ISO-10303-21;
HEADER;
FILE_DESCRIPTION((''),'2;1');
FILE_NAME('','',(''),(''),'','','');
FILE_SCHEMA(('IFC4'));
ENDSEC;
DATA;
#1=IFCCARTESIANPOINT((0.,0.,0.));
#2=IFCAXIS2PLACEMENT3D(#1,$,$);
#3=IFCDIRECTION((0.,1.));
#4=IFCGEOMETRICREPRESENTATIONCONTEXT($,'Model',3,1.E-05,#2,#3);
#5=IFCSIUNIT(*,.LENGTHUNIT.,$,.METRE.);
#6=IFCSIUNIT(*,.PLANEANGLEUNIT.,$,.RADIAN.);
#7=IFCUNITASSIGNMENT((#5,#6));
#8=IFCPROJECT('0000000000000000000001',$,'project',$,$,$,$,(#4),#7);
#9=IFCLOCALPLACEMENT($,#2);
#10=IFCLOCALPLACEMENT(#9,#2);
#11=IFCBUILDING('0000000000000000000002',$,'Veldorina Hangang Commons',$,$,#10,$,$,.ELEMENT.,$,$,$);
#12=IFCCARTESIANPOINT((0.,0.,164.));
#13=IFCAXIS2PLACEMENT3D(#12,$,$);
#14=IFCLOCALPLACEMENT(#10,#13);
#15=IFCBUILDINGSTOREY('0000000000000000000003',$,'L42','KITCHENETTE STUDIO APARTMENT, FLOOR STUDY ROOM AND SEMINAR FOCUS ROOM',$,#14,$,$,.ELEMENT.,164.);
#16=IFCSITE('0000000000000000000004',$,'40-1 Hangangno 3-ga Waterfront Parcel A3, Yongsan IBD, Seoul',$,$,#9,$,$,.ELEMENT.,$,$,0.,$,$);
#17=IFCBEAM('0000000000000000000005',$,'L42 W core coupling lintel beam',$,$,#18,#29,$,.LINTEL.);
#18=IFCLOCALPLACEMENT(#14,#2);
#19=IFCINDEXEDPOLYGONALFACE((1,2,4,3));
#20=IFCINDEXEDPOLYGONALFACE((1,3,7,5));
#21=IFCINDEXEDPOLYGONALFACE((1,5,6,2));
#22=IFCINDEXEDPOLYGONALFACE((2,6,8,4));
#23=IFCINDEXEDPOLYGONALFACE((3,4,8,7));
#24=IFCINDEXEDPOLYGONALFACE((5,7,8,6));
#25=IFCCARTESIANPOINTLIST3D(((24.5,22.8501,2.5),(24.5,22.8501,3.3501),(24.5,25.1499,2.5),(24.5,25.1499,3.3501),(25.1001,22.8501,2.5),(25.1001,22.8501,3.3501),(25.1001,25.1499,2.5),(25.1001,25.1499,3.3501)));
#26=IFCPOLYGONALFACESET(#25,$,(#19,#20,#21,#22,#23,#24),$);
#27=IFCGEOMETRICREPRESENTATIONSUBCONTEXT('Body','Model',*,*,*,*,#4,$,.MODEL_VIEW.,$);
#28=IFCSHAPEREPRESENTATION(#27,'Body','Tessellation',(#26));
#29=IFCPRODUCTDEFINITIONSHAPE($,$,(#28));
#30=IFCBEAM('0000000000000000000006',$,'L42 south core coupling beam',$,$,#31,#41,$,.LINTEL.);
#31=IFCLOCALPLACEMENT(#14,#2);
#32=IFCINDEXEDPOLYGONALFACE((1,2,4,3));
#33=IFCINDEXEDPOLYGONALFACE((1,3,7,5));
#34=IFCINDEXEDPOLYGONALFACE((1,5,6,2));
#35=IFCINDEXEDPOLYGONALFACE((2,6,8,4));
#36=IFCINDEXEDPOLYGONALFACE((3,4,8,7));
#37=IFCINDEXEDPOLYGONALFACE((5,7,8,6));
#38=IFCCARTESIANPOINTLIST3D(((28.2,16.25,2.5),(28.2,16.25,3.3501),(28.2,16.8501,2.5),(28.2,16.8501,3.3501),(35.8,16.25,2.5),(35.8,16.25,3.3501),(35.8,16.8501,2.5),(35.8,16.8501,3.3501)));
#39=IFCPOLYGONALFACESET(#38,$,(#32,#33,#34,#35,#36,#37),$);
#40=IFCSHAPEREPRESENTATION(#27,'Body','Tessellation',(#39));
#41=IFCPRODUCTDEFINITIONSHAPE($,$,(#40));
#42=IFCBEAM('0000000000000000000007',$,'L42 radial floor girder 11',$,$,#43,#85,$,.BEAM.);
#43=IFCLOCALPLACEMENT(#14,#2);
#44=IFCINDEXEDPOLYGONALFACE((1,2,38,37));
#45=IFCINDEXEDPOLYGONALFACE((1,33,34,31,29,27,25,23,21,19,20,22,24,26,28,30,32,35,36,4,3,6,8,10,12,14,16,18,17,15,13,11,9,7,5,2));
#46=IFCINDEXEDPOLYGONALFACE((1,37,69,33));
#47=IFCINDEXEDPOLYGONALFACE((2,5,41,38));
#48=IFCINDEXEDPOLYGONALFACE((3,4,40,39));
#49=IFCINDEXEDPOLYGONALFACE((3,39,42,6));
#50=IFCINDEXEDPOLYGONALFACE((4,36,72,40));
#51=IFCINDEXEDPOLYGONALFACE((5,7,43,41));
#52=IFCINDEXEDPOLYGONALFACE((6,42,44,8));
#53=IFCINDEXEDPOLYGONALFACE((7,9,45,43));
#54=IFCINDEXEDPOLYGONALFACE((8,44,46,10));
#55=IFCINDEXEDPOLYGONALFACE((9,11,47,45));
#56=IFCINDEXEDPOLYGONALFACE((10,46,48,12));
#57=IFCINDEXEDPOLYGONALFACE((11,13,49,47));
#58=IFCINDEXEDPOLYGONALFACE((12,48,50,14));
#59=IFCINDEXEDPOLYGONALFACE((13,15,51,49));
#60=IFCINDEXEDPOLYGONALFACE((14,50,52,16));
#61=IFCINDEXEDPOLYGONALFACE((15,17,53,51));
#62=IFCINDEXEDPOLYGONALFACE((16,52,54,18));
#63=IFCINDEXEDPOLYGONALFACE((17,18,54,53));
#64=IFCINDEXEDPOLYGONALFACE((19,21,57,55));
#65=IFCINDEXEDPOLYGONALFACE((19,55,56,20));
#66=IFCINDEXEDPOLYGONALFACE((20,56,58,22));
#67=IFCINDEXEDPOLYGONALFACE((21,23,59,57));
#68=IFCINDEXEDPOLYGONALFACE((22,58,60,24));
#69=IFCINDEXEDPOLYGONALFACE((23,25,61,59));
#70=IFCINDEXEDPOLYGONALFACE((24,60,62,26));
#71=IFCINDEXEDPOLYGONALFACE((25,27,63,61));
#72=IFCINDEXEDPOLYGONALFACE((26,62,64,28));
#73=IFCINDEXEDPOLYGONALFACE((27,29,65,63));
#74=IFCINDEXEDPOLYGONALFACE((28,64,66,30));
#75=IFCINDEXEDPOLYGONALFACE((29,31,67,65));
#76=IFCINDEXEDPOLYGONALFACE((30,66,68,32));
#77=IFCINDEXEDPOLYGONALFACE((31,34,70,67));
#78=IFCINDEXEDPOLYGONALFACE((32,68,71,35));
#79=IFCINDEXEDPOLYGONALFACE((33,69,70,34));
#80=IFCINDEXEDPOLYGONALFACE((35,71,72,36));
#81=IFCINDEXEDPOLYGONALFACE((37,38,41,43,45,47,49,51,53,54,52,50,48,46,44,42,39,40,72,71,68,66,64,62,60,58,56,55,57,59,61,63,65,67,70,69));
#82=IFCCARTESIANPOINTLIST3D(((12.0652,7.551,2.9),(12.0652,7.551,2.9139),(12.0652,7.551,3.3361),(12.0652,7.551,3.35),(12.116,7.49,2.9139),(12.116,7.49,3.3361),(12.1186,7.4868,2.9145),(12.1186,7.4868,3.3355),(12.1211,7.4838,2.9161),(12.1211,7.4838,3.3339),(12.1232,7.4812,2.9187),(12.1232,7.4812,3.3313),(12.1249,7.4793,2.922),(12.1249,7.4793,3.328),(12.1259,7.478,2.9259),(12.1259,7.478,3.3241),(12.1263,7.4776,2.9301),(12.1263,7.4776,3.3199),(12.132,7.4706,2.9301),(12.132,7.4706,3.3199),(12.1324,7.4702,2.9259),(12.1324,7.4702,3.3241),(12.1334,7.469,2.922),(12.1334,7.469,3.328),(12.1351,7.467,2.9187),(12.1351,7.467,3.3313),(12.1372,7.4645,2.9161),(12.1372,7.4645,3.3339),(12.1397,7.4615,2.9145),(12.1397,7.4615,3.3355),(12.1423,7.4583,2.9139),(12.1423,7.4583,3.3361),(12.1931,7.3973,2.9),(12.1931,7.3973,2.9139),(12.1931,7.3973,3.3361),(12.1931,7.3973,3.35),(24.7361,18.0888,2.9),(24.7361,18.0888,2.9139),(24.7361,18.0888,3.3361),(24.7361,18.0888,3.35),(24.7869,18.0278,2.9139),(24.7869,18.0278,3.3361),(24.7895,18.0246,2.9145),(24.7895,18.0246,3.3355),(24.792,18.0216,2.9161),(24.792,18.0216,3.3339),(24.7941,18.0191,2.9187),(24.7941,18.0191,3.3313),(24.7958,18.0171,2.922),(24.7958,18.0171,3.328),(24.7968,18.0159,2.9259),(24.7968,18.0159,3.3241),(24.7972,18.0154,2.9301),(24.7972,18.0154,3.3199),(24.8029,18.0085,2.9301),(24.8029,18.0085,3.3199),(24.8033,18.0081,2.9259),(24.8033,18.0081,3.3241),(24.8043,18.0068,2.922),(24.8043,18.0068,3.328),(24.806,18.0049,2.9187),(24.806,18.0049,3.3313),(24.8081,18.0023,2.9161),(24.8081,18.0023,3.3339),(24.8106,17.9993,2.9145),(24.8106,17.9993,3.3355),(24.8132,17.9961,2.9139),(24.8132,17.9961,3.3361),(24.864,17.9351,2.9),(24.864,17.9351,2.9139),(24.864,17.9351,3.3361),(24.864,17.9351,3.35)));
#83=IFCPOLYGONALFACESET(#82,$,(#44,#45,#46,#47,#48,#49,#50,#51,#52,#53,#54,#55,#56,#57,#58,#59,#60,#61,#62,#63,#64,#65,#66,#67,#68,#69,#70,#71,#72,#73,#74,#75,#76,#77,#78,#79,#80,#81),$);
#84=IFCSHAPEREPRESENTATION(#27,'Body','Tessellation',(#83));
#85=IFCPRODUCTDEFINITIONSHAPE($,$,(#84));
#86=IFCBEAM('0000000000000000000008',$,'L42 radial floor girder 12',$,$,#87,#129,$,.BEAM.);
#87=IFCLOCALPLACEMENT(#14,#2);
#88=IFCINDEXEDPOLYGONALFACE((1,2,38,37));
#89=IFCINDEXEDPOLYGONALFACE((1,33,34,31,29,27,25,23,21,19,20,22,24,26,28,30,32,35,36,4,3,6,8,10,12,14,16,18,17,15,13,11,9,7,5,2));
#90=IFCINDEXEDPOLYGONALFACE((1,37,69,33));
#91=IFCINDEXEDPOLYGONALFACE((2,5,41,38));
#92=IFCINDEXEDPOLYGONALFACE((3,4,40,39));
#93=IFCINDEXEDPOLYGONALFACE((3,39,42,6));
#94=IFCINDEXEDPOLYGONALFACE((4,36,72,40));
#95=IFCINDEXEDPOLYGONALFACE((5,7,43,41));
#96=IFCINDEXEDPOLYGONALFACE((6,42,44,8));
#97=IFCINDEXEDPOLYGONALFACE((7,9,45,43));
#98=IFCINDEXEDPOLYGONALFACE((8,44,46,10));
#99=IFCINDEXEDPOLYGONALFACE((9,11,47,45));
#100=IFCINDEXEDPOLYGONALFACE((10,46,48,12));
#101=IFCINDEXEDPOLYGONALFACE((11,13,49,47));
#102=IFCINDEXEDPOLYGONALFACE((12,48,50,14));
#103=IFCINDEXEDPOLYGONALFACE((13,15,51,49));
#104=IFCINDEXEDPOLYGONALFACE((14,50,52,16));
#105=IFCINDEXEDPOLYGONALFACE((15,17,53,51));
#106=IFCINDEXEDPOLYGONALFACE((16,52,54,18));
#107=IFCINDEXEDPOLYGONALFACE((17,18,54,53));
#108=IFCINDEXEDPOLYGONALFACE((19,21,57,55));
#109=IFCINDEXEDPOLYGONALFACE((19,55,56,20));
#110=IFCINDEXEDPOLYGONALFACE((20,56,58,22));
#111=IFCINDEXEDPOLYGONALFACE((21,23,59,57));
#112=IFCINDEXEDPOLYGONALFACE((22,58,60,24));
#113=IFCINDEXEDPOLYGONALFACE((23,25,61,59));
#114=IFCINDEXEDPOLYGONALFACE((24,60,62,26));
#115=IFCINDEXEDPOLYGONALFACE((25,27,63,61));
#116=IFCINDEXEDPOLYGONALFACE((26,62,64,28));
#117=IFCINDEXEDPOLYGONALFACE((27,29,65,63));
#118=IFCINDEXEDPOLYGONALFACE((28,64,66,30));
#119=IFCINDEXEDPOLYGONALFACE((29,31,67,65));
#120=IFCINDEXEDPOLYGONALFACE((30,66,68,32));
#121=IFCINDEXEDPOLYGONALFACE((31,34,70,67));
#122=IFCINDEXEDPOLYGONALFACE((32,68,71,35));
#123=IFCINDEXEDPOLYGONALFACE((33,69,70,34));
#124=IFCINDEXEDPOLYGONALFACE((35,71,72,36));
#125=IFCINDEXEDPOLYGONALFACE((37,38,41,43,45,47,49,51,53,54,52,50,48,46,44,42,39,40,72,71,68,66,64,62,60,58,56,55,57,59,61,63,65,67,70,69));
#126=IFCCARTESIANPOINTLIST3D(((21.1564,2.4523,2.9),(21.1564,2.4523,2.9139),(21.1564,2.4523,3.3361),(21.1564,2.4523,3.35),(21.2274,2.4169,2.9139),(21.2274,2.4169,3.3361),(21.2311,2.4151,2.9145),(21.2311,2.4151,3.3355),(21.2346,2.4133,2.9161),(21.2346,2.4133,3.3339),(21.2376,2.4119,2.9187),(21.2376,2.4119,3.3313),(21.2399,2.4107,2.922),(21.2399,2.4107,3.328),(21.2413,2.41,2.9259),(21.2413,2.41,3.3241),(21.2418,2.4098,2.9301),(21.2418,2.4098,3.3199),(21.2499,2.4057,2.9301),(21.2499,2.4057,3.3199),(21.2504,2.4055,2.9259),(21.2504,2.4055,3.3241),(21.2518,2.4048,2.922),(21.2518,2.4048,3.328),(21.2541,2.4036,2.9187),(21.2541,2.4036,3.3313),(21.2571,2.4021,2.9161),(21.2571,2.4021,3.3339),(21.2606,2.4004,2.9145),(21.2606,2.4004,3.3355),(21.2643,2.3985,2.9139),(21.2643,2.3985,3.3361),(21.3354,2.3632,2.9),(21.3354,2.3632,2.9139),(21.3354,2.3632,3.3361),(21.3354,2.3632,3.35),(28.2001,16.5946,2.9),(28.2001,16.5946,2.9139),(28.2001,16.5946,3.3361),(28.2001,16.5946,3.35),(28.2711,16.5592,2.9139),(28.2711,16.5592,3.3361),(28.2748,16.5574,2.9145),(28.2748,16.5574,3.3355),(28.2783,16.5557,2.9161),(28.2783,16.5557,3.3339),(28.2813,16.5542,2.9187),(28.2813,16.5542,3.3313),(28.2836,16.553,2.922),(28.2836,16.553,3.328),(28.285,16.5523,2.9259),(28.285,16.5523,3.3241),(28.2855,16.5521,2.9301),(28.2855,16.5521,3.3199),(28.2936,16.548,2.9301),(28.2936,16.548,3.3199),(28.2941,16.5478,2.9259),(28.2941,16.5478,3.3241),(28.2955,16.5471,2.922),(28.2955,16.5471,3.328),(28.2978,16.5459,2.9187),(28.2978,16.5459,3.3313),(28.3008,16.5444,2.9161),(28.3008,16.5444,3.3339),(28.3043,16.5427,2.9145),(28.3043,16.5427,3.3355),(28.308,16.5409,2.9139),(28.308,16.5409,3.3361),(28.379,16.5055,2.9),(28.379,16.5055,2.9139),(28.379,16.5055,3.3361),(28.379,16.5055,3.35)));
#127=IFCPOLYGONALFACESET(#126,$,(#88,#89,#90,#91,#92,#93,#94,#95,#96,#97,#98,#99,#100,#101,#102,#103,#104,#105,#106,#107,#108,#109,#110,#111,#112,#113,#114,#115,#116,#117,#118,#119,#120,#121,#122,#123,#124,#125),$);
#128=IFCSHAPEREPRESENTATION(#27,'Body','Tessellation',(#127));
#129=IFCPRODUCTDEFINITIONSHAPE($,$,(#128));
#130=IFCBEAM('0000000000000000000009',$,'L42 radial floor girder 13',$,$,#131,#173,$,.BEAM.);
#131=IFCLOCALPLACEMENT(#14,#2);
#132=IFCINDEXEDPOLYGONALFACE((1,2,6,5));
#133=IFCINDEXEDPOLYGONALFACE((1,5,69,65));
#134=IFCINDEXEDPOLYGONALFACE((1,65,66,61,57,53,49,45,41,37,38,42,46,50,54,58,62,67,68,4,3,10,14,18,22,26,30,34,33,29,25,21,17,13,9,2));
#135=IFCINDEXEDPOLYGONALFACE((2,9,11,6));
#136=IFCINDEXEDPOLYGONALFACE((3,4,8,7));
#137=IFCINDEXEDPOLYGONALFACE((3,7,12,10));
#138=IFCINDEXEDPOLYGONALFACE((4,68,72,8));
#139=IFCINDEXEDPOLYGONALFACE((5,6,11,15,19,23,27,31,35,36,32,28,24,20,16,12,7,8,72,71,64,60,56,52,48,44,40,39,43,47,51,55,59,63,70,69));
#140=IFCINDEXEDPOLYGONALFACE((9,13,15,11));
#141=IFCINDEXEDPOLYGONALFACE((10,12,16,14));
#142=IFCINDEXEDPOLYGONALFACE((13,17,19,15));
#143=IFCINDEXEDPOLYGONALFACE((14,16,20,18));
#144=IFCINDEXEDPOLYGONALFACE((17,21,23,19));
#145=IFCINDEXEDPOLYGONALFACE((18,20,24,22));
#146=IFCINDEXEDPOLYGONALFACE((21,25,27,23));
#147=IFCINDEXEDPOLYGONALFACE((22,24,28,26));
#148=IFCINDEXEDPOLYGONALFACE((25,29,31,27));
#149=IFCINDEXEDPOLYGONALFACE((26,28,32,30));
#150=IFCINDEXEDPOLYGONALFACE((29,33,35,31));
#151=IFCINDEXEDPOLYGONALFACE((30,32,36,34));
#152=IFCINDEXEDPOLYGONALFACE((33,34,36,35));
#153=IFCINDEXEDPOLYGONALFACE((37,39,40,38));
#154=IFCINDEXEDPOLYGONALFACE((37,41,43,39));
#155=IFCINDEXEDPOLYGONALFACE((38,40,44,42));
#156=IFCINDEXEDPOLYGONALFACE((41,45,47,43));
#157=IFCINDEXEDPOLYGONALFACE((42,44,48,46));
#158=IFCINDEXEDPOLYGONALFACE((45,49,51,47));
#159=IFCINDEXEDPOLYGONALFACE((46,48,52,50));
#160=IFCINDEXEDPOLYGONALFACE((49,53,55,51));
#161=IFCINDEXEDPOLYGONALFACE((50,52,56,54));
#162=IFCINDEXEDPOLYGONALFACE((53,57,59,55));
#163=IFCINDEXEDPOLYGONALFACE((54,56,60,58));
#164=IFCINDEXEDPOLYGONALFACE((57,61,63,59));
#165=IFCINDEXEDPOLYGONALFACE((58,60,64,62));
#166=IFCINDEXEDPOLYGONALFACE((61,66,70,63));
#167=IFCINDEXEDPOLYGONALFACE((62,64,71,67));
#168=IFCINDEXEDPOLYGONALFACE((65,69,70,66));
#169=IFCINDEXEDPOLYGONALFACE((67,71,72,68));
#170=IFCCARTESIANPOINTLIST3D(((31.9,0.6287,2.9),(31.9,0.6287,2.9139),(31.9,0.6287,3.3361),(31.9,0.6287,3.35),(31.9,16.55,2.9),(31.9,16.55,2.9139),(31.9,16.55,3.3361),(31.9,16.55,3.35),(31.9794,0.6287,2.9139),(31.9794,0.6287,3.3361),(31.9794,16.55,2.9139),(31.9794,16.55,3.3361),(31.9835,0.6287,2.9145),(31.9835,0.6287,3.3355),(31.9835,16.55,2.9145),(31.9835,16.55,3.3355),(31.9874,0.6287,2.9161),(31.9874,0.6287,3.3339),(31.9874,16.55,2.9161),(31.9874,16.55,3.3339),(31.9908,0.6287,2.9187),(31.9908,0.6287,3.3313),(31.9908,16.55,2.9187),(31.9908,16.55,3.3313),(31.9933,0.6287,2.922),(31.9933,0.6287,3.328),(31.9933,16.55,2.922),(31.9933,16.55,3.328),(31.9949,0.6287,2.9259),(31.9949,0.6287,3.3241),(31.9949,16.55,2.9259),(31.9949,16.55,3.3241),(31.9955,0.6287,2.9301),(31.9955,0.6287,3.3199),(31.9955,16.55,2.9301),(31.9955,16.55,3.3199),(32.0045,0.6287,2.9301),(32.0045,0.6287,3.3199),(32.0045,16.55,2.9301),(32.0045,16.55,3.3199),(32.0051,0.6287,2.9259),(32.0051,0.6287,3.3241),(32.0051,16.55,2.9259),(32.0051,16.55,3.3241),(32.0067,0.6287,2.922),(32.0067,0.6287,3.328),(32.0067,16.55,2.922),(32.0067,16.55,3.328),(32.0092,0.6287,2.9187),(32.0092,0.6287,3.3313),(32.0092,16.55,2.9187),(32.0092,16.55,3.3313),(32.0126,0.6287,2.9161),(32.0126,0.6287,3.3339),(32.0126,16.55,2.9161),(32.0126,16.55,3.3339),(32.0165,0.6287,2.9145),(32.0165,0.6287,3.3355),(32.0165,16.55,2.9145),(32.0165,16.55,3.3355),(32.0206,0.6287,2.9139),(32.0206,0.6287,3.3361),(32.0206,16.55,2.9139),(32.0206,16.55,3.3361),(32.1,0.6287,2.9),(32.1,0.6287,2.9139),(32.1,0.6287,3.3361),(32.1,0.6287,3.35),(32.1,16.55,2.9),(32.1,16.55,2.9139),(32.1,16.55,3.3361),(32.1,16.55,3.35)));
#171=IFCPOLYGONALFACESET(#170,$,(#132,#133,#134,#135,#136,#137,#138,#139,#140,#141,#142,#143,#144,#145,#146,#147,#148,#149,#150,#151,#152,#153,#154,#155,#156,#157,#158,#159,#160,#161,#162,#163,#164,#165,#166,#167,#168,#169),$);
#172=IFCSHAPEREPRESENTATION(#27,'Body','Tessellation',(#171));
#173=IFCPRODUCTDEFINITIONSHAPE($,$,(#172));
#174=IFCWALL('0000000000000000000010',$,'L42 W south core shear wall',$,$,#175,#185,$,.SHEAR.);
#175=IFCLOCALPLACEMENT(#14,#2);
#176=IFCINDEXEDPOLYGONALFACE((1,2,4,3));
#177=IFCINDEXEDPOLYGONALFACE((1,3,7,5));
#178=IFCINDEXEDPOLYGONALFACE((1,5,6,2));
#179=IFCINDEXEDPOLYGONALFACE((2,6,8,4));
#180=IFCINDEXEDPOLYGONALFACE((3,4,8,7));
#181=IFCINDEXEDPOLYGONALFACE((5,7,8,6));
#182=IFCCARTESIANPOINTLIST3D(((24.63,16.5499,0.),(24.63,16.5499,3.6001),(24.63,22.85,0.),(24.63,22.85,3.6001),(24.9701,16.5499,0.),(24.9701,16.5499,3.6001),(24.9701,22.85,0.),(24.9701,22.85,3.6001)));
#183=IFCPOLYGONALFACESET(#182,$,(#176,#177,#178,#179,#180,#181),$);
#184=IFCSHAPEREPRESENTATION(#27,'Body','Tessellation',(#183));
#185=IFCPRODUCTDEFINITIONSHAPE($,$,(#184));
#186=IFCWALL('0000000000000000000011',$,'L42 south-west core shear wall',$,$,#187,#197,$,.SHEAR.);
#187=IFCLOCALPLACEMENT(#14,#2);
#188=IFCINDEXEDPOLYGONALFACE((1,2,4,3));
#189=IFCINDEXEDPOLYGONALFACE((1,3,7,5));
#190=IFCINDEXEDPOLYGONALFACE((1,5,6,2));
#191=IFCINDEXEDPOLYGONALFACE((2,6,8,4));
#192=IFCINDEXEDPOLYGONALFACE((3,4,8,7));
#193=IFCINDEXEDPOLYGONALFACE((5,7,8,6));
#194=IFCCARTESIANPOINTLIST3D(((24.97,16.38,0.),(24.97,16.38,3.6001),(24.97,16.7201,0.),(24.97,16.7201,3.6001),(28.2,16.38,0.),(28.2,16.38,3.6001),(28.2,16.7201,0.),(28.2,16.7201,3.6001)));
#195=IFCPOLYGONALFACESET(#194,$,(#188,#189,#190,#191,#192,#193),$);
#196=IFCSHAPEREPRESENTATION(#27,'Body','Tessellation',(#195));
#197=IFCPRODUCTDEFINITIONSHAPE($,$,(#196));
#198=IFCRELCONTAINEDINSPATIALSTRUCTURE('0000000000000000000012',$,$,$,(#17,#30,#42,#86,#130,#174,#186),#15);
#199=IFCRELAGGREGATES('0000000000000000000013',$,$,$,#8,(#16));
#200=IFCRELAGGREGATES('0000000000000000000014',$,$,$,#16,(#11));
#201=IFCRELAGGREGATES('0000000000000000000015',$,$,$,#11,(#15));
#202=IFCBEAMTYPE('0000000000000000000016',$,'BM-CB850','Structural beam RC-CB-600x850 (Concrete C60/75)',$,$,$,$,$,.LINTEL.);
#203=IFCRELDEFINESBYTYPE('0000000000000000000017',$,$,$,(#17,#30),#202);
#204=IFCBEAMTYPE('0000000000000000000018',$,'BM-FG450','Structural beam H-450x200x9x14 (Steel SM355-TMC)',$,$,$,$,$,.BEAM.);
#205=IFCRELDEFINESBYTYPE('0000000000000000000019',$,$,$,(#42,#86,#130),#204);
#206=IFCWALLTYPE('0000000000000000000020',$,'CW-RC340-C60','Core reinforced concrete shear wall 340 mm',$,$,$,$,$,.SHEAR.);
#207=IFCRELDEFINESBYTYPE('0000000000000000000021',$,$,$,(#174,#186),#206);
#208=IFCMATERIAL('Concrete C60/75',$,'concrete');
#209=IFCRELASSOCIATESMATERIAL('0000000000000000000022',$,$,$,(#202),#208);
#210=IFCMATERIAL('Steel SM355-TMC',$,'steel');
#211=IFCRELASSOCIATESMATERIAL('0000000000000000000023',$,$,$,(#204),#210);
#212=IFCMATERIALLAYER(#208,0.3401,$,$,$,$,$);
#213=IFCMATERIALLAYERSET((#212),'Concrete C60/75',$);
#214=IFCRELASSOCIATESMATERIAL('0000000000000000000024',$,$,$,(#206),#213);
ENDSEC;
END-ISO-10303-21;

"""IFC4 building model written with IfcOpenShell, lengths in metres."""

from ifc_helpers import new_model, si_unit, direction, frame, frame_2d, origin, origin_2d, place, context, subcontext, project, spatial, rectangle, i_section, extrude, material, layer, layer_set, material_profile, profile_set, type_object, element, save


model = new_model("IFC4")

# Units and contexts
model_context = context("Model", 3, precision=1e-05, world=origin(), true_north=direction((0.0, 1.0)))
body_context = subcontext(model_context, "Body", "Model", "MODEL_VIEW")
ifc_project = project(units=[si_unit("LENGTHUNIT", "METRE"), si_unit("PLANEANGLEUNIT", "RADIAN")], contexts=[model_context])

# Site, building, storey
site_placement = place(None, origin())
site = spatial("IfcSite", under=ifc_project, at=site_placement, Name="40-1 Hangangno 3-ga Waterfront Parcel A3, Yongsan IBD, Seoul", CompositionType="ELEMENT", RefElevation=0.0)
building_placement = place(site_placement, origin())
building = spatial("IfcBuilding", under=site, at=building_placement, Name="Veldorina Hangang Commons", CompositionType="ELEMENT")
storey_placement = place(building_placement, frame((0.0, 0.0, 164.0)))
storey = spatial("IfcBuildingStorey", under=building, at=storey_placement, Name="L42", Description="KITCHENETTE STUDIO APARTMENT, FLOOR STUDY ROOM AND SEMINAR FOCUS ROOM", CompositionType="ELEMENT", Elevation=164.0)

# Beams
ifc_material_1 = material(Name="Concrete C60/75", Category="concrete")
ifc_material_profile_1 = material_profile(ifc_material_1, rectangle(XDim=0.6001, YDim=0.8501, at=origin_2d()), Name="RC-CB-600x850")
ifc_profile_set_1 = profile_set([ifc_material_profile_1], Name="Concrete C60/75")
beam_type_1 = type_object("IfcBeamType", Name="BM-CB850", Description="Structural beam RC-CB-600x850 (Concrete C60/75)", PredefinedType="LINTEL", material=ifc_profile_set_1)
beam_1_placement = place(storey_placement, frame((24.8, 22.8501, 2.925), z_axis=(0.0, 1.0, 0.0), x_axis=(-1.0, 0.0, 0.0)))
element("IfcBeam", 1, at=beam_1_placement, inside=storey, type_object=beam_type_1, Name="L42 W core coupling lintel beam", PredefinedType="LINTEL", context=body_context, shape_type="SweptSolid", body=[
    extrude(rectangle(XDim=0.6001, YDim=0.8501, at=origin_2d()), origin(), (0.0, 0.0, 1.0), 2.2998),
])
beam_2_placement = place(storey_placement, frame((28.2, 16.55, 2.925), z_axis=(1.0, 0.0, 0.0), x_axis=(0.0, 1.0, 0.0)))
element("IfcBeam", 2, at=beam_2_placement, inside=storey, type_object=beam_type_1, Name="L42 south core coupling beam", PredefinedType="LINTEL", context=body_context, shape_type="SweptSolid", body=[
    extrude(rectangle(XDim=0.6001, YDim=0.8501, at=origin_2d()), origin(), (0.0, 0.0, 1.0), 7.6001),
])
ifc_material_2 = material(Name="Steel SM355-TMC", Category="steel")
ifc_material_profile_2 = material_profile(ifc_material_2, i_section(OverallWidth=0.2, OverallDepth=0.45, WebThickness=0.009, FlangeThickness=0.0139, FilletRadius=0.0161, at=origin_2d()), Name="H-450x200x9x14")
ifc_profile_set_2 = profile_set([ifc_material_profile_2], Name="Steel SM355-TMC")
beam_type_2 = type_object("IfcBeamType", Name="BM-FG450", Description="Structural beam H-450x200x9x14 (Steel SM355-TMC)", PredefinedType="BEAM", material=ifc_profile_set_2)
beam_3_placement = place(storey_placement, frame((24.8, 18.012, 3.125), z_axis=(-0.768855, -0.639423, 0.0), x_axis=(0.639423, -0.768855, 0.0)))
element("IfcBeam", 3, at=beam_3_placement, inside=storey, type_object=beam_type_2, Name="L42 radial floor girder 11", PredefinedType="BEAM", context=body_context, shape_type="SweptSolid", body=[
    extrude(i_section(OverallWidth=0.2, OverallDepth=0.45, WebThickness=0.009, FlangeThickness=0.0139, FilletRadius=0.0161, at=origin_2d()), origin(), (0.0, 0.0, 1.0), 16.4802),
])
beam_4_placement = place(storey_placement, frame((28.2896, 16.55, 3.125), z_axis=(-0.445822, -0.895121, 0.0), x_axis=(0.895121, -0.445822, 0.0)))
element("IfcBeam", 4, at=beam_4_placement, inside=storey, type_object=beam_type_2, Name="L42 radial floor girder 12", PredefinedType="BEAM", context=body_context, shape_type="SweptSolid", body=[
    extrude(i_section(OverallWidth=0.2, OverallDepth=0.45, WebThickness=0.009, FlangeThickness=0.0139, FilletRadius=0.0161, at=origin_2d()), origin(), (0.0, 0.0, 1.0), 15.7993),
])
beam_5_placement = place(storey_placement, frame((32.0, 16.55, 3.125), z_axis=(0.0, -1.0, 0.0), x_axis=(1.0, 0.0, 0.0)))
element("IfcBeam", 5, at=beam_5_placement, inside=storey, type_object=beam_type_2, Name="L42 radial floor girder 13", PredefinedType="BEAM", context=body_context, shape_type="SweptSolid", body=[
    extrude(i_section(OverallWidth=0.2, OverallDepth=0.45, WebThickness=0.009, FlangeThickness=0.0139, FilletRadius=0.0161, at=origin_2d()), origin(), (0.0, 0.0, 1.0), 15.9214),
])

# Walls
ifc_layer_1 = layer(ifc_material_1, 0.3401)
ifc_layer_set_1 = layer_set([ifc_layer_1], Name="Concrete C60/75")
wall_type_1 = type_object("IfcWallType", Name="CW-RC340-C60", Description="Core reinforced concrete shear wall 340 mm", PredefinedType="SHEAR", material=ifc_layer_set_1)
wall_1_placement = place(storey_placement, frame((24.8, 16.55, 0.0), z_axis=(0.0, 0.0, 1.0), x_axis=(0.0, 1.0, 0.0)))
element("IfcWall", 6, at=wall_1_placement, inside=storey, type_object=wall_type_1, Name="L42 W south core shear wall", PredefinedType="SHEAR", context=body_context, shape_type="SweptSolid", body=[
    extrude(rectangle(XDim=6.3, YDim=0.3401, at=frame_2d((3.1499, 0.0))), origin(), (0.0, 0.0, 1.0), 3.6001),
])
wall_2_placement = place(storey_placement, frame((24.97, 16.55, 0.0), z_axis=(0.0, 0.0, 1.0), x_axis=(1.0, 0.0, 0.0)))
element("IfcWall", 7, at=wall_2_placement, inside=storey, type_object=wall_type_1, Name="L42 south-west core shear wall", PredefinedType="SHEAR", context=body_context, shape_type="SweptSolid", body=[
    extrude(rectangle(XDim=3.23, YDim=0.3401, at=frame_2d((1.615, 0.0))), origin(), (0.0, 0.0, 1.0), 3.6001),
])

save(model, "model.ifc")
